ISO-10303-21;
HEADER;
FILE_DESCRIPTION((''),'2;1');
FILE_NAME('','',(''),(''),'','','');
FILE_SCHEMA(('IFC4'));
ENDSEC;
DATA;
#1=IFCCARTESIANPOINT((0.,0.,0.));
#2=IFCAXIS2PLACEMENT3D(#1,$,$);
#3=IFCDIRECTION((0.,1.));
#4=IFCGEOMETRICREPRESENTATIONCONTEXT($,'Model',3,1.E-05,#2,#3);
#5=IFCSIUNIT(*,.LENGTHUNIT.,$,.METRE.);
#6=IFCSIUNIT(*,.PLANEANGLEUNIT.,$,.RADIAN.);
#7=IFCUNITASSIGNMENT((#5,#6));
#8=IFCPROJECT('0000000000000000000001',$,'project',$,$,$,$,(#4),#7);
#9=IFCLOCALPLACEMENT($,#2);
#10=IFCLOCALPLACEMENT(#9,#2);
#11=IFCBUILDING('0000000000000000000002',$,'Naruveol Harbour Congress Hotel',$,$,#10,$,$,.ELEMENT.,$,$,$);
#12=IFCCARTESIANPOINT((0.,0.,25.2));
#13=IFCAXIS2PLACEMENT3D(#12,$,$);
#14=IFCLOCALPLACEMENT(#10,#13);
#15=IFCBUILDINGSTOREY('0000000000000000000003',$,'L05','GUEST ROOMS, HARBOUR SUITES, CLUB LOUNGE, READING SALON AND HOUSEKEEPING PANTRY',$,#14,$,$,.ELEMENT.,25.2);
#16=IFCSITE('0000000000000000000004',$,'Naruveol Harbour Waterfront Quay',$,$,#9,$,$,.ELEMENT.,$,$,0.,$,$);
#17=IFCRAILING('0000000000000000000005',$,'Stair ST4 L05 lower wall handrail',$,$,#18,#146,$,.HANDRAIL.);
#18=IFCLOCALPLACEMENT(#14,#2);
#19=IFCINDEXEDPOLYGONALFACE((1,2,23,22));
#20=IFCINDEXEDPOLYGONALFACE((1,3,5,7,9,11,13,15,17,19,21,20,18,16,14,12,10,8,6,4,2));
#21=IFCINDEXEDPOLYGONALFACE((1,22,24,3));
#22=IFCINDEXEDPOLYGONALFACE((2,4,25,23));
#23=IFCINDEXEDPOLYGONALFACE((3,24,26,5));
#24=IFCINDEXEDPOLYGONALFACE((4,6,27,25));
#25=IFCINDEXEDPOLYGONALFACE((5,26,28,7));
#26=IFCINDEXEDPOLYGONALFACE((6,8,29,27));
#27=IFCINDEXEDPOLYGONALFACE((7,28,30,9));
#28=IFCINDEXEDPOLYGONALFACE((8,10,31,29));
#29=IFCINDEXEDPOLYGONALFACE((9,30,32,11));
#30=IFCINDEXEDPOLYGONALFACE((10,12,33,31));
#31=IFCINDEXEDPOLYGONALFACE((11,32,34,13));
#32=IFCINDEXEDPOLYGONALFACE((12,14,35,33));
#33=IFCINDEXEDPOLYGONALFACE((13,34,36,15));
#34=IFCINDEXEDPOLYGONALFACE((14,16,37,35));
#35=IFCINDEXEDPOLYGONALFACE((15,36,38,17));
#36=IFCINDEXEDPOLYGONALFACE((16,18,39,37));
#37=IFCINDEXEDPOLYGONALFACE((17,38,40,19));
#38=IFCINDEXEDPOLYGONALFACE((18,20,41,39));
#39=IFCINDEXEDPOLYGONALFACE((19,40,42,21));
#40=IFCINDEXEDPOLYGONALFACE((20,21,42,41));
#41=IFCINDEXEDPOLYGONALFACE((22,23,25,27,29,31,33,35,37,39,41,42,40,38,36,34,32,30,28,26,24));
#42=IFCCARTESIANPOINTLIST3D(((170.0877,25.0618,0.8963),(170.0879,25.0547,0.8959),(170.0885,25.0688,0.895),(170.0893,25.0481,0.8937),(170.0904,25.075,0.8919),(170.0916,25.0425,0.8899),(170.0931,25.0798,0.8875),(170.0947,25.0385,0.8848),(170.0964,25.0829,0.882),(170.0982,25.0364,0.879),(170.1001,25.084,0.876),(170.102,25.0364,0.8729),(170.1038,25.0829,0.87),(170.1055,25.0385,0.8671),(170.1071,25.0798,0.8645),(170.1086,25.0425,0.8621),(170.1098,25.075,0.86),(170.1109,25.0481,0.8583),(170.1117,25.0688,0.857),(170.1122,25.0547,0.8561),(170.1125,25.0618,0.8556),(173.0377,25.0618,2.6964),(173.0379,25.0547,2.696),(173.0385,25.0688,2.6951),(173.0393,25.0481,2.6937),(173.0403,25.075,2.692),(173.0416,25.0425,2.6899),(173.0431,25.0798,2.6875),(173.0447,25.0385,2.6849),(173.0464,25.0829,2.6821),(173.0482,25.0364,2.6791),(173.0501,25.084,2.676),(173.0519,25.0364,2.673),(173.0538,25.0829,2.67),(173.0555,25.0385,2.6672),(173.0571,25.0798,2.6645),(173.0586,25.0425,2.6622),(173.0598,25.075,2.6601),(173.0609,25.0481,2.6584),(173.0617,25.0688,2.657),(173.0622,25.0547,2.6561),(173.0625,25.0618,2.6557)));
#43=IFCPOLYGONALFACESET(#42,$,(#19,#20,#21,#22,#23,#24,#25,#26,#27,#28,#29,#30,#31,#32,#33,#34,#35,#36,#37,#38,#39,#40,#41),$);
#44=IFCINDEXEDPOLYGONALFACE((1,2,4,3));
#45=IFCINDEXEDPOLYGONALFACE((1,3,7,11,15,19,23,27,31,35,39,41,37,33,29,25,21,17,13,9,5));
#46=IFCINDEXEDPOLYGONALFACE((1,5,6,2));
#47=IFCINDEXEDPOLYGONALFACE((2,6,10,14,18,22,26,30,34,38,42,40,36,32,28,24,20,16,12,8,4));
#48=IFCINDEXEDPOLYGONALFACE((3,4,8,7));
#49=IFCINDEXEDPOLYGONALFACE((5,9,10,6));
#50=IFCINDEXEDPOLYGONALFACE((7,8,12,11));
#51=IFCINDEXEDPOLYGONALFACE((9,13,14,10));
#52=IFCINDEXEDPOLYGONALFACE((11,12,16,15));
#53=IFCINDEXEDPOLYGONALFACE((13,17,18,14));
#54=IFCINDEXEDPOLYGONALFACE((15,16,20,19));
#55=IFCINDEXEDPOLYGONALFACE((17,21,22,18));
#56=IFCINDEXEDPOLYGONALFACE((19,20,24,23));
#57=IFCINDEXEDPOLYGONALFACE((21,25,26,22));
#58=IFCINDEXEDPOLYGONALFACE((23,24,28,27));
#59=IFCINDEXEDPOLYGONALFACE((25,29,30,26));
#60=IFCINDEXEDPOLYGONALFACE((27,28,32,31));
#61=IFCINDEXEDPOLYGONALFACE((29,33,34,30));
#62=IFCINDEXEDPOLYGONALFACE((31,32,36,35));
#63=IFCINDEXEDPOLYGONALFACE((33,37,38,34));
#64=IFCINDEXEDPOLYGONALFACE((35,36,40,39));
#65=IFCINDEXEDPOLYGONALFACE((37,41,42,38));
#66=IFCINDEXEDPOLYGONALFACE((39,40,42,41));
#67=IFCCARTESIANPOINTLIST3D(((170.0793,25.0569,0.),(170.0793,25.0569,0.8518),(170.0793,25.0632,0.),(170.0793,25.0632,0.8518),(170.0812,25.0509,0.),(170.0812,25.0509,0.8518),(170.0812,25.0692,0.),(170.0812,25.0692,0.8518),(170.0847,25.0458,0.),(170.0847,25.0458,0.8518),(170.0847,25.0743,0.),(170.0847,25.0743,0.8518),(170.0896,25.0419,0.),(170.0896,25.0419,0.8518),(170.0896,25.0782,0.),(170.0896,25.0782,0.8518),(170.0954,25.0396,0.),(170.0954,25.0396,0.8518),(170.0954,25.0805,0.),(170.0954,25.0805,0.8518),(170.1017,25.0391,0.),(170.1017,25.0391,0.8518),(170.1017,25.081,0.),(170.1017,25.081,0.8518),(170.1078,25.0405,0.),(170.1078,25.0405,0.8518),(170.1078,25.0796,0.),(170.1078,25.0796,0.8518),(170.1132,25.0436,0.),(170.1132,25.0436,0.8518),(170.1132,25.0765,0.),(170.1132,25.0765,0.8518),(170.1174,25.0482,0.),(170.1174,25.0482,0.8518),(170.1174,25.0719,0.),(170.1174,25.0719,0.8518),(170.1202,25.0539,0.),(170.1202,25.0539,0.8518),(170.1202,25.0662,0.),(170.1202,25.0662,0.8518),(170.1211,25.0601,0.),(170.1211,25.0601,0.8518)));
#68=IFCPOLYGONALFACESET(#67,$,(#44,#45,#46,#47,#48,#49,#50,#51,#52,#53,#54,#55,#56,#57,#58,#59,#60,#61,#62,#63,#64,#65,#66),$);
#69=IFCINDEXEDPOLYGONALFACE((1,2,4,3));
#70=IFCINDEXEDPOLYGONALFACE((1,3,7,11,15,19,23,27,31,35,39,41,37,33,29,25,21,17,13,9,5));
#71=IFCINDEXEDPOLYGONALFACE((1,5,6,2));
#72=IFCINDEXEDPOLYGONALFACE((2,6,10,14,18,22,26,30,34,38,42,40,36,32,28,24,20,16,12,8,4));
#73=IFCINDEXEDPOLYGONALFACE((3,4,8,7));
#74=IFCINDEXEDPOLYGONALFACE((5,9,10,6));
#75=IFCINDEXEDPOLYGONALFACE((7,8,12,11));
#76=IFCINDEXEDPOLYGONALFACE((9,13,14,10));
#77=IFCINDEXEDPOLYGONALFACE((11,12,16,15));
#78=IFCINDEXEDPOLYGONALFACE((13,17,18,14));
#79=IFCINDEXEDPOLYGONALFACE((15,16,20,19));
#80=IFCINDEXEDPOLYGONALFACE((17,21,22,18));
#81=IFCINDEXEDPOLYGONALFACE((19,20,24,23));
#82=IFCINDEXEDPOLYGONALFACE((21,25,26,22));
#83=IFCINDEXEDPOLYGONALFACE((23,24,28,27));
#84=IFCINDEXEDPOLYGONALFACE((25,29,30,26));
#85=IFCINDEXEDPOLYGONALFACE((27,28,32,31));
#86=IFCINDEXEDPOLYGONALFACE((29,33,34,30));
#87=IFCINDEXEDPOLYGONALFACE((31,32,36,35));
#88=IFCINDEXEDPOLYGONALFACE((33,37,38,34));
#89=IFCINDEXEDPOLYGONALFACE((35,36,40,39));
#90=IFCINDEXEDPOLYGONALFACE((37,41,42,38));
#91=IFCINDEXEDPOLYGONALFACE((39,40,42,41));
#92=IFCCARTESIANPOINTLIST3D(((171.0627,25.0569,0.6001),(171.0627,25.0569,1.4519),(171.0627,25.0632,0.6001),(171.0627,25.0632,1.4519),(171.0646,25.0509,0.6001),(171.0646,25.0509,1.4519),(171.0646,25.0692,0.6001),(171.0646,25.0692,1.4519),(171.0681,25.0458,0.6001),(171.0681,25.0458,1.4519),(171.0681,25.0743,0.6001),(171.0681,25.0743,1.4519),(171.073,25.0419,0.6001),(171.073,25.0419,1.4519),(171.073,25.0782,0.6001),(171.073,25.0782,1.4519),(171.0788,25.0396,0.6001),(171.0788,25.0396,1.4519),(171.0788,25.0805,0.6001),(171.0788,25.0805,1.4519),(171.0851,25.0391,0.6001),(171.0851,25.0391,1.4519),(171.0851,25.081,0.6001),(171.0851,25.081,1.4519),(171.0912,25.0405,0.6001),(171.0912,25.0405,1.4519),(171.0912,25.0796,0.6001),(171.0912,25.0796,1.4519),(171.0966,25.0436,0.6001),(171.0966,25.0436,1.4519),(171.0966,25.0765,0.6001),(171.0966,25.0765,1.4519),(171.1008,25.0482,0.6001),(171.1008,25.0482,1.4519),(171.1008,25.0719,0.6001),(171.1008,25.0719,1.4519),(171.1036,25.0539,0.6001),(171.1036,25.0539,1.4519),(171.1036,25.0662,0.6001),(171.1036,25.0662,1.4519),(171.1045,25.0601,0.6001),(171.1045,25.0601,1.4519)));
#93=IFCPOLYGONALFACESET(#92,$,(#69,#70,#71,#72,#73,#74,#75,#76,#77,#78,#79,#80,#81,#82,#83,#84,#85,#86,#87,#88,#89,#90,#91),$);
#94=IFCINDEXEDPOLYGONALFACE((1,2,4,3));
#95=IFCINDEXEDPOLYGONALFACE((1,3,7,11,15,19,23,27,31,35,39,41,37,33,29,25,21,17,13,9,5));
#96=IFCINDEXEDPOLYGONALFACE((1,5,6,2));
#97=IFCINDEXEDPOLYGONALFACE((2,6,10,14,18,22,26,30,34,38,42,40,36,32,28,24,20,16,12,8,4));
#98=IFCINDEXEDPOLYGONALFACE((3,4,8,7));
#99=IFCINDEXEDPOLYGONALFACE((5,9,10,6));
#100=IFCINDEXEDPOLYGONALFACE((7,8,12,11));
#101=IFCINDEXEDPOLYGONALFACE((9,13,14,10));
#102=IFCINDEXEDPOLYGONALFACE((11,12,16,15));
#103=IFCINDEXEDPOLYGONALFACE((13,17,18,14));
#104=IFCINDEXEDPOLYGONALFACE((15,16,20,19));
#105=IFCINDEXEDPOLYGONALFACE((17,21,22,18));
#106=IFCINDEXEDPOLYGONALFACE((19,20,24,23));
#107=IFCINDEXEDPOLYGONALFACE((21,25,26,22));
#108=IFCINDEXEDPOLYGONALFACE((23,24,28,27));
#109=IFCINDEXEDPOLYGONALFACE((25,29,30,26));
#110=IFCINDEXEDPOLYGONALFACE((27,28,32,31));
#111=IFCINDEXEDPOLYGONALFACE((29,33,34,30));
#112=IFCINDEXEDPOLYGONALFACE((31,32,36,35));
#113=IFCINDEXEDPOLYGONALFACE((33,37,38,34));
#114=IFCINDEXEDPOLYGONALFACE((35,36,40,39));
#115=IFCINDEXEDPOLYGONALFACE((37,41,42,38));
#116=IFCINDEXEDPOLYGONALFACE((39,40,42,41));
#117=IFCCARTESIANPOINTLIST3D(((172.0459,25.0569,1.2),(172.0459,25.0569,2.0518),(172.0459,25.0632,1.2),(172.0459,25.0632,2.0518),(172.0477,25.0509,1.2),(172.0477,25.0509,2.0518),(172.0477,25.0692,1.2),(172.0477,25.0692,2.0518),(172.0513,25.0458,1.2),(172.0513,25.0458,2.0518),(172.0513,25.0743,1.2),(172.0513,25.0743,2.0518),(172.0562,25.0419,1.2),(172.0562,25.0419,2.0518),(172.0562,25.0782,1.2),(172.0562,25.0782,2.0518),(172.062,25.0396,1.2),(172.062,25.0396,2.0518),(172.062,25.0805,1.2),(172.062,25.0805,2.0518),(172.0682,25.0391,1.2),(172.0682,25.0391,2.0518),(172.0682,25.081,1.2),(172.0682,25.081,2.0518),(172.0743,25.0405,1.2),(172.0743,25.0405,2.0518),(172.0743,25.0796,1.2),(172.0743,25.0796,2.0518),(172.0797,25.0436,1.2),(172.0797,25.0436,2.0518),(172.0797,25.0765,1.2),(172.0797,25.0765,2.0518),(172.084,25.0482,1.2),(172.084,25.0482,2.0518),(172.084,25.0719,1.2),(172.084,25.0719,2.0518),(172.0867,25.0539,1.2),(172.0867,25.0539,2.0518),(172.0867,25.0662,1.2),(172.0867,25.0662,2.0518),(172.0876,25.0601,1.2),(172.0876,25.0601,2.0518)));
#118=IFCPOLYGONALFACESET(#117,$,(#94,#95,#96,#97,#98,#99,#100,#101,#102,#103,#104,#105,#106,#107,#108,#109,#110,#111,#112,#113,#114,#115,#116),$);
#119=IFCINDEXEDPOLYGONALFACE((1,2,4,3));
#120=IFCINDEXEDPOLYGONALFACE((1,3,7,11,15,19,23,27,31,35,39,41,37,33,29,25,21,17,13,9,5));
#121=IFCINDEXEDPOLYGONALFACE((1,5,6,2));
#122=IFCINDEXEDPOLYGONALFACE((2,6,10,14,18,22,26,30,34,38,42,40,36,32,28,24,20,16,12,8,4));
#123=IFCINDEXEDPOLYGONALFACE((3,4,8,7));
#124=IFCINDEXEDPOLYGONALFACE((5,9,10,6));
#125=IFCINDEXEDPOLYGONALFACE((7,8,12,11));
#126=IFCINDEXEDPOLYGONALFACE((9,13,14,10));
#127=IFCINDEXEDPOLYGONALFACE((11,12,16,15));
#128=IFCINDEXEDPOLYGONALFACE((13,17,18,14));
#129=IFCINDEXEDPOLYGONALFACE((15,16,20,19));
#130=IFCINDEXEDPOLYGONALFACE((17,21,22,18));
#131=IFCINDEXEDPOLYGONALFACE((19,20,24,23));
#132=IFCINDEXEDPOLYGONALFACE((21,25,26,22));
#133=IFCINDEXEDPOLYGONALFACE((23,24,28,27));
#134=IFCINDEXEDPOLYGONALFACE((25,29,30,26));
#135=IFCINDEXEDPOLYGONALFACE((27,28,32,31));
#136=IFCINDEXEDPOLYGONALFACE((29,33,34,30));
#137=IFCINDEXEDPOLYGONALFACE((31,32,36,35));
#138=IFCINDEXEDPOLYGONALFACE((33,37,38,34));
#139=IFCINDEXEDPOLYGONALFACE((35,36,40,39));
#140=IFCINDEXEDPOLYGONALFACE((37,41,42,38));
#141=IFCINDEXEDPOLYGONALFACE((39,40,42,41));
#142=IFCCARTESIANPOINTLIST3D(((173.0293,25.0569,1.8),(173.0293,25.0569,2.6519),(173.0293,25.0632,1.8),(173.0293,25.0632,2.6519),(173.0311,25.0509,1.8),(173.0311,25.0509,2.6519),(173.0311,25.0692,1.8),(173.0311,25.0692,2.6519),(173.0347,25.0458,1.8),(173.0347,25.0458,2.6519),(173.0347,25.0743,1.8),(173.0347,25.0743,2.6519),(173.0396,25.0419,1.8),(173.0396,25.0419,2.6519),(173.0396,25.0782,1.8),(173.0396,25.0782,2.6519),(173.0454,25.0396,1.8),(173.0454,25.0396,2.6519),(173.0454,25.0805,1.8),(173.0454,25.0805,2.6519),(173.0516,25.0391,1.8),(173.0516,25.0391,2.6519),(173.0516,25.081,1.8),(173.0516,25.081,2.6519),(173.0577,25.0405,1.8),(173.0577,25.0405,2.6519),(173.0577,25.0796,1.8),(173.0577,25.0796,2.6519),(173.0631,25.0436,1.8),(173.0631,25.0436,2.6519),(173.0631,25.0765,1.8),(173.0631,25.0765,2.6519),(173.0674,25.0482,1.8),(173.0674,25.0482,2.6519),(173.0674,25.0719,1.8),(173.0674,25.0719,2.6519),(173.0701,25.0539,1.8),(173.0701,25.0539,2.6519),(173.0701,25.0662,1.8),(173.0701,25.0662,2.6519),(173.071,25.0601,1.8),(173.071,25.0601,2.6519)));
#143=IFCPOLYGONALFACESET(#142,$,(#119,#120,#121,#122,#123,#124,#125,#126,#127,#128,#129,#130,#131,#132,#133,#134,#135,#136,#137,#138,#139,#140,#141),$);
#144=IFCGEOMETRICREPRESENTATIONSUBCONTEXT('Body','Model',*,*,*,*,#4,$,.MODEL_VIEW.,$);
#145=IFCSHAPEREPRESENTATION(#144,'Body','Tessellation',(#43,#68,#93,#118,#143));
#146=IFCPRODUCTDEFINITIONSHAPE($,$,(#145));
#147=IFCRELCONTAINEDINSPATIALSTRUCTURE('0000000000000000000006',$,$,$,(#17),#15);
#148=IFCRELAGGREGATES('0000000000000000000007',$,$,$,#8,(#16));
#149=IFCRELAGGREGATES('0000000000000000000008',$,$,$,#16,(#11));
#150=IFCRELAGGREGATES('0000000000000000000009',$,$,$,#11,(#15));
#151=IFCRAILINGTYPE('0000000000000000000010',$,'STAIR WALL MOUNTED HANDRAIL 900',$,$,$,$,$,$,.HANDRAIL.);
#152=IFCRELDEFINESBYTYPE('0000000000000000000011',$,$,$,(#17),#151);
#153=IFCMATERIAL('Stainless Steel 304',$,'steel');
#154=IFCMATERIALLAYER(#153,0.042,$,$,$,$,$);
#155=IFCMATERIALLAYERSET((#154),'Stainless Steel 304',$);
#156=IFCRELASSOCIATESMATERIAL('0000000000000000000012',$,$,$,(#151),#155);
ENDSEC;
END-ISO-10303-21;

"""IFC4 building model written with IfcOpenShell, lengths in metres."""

from ifc_helpers import new_model, si_unit, direction, frame, origin, origin_2d, place, context, subcontext, project, spatial, circle, extrude, material, layer, layer_set, type_object, element, save


model = new_model("IFC4")

# Units and contexts
model_context = context("Model", 3, precision=1e-05, world=origin(), true_north=direction((0.0, 1.0)))
body_context = subcontext(model_context, "Body", "Model", "MODEL_VIEW")
ifc_project = project(units=[si_unit("LENGTHUNIT", "METRE"), si_unit("PLANEANGLEUNIT", "RADIAN")], contexts=[model_context])

# Site, building, storey
site_placement = place(None, origin())
site = spatial("IfcSite", under=ifc_project, at=site_placement, Name="Naruveol Harbour Waterfront Quay", CompositionType="ELEMENT", RefElevation=0.0)
building_placement = place(site_placement, origin())
building = spatial("IfcBuilding", under=site, at=building_placement, Name="Naruveol Harbour Congress Hotel", CompositionType="ELEMENT")
storey_placement = place(building_placement, frame((0.0, 0.0, 25.2)))
storey = spatial("IfcBuildingStorey", under=building, at=storey_placement, Name="L05", Description="GUEST ROOMS, HARBOUR SUITES, CLUB LOUNGE, READING SALON AND HOUSEKEEPING PANTRY", CompositionType="ELEMENT", Elevation=25.2)

# Railing
ifc_material_1 = material(Name="Stainless Steel 304", Category="steel")
ifc_layer_1 = layer(ifc_material_1, 0.042)
ifc_layer_set_1 = layer_set([ifc_layer_1], Name="Stainless Steel 304")
railing_type_1 = type_object("IfcRailingType", Name="STAIR WALL MOUNTED HANDRAIL 900", PredefinedType="HANDRAIL", material=ifc_layer_set_1)
railing_1_placement = place(storey_placement, frame((170.1001, 25.0601, 0.0)))
element("IfcRailing", 1, at=railing_1_placement, inside=storey, type_object=railing_type_1, Name="Stair ST4 L05 lower wall handrail", PredefinedType="HANDRAIL", context=body_context, shape_type="SweptSolid", body=[
    extrude(circle(Radius=0.0239, at=origin_2d()), frame((0.0, 0.0, 0.876), z_axis=(0.853629, 0.0, 0.520881), x_axis=(0.0, 1.0, 0.0)), (0.0, 0.0, 1.0), 3.4558),
    extrude(circle(Radius=0.021, at=origin_2d()), origin(), (0.0, 0.0, 1.0), 0.8518),
    extrude(circle(Radius=0.021, at=origin_2d()), frame((0.9834, 0.0, 0.6001)), (0.0, 0.0, 1.0), 0.8518),
    extrude(circle(Radius=0.021, at=origin_2d()), frame((1.9666, 0.0, 1.2)), (0.0, 0.0, 1.0), 0.8518),
    extrude(circle(Radius=0.021, at=origin_2d()), frame((2.95, 0.0, 1.8)), (0.0, 0.0, 1.0), 0.8518),
])

save(model, "model.ifc")
